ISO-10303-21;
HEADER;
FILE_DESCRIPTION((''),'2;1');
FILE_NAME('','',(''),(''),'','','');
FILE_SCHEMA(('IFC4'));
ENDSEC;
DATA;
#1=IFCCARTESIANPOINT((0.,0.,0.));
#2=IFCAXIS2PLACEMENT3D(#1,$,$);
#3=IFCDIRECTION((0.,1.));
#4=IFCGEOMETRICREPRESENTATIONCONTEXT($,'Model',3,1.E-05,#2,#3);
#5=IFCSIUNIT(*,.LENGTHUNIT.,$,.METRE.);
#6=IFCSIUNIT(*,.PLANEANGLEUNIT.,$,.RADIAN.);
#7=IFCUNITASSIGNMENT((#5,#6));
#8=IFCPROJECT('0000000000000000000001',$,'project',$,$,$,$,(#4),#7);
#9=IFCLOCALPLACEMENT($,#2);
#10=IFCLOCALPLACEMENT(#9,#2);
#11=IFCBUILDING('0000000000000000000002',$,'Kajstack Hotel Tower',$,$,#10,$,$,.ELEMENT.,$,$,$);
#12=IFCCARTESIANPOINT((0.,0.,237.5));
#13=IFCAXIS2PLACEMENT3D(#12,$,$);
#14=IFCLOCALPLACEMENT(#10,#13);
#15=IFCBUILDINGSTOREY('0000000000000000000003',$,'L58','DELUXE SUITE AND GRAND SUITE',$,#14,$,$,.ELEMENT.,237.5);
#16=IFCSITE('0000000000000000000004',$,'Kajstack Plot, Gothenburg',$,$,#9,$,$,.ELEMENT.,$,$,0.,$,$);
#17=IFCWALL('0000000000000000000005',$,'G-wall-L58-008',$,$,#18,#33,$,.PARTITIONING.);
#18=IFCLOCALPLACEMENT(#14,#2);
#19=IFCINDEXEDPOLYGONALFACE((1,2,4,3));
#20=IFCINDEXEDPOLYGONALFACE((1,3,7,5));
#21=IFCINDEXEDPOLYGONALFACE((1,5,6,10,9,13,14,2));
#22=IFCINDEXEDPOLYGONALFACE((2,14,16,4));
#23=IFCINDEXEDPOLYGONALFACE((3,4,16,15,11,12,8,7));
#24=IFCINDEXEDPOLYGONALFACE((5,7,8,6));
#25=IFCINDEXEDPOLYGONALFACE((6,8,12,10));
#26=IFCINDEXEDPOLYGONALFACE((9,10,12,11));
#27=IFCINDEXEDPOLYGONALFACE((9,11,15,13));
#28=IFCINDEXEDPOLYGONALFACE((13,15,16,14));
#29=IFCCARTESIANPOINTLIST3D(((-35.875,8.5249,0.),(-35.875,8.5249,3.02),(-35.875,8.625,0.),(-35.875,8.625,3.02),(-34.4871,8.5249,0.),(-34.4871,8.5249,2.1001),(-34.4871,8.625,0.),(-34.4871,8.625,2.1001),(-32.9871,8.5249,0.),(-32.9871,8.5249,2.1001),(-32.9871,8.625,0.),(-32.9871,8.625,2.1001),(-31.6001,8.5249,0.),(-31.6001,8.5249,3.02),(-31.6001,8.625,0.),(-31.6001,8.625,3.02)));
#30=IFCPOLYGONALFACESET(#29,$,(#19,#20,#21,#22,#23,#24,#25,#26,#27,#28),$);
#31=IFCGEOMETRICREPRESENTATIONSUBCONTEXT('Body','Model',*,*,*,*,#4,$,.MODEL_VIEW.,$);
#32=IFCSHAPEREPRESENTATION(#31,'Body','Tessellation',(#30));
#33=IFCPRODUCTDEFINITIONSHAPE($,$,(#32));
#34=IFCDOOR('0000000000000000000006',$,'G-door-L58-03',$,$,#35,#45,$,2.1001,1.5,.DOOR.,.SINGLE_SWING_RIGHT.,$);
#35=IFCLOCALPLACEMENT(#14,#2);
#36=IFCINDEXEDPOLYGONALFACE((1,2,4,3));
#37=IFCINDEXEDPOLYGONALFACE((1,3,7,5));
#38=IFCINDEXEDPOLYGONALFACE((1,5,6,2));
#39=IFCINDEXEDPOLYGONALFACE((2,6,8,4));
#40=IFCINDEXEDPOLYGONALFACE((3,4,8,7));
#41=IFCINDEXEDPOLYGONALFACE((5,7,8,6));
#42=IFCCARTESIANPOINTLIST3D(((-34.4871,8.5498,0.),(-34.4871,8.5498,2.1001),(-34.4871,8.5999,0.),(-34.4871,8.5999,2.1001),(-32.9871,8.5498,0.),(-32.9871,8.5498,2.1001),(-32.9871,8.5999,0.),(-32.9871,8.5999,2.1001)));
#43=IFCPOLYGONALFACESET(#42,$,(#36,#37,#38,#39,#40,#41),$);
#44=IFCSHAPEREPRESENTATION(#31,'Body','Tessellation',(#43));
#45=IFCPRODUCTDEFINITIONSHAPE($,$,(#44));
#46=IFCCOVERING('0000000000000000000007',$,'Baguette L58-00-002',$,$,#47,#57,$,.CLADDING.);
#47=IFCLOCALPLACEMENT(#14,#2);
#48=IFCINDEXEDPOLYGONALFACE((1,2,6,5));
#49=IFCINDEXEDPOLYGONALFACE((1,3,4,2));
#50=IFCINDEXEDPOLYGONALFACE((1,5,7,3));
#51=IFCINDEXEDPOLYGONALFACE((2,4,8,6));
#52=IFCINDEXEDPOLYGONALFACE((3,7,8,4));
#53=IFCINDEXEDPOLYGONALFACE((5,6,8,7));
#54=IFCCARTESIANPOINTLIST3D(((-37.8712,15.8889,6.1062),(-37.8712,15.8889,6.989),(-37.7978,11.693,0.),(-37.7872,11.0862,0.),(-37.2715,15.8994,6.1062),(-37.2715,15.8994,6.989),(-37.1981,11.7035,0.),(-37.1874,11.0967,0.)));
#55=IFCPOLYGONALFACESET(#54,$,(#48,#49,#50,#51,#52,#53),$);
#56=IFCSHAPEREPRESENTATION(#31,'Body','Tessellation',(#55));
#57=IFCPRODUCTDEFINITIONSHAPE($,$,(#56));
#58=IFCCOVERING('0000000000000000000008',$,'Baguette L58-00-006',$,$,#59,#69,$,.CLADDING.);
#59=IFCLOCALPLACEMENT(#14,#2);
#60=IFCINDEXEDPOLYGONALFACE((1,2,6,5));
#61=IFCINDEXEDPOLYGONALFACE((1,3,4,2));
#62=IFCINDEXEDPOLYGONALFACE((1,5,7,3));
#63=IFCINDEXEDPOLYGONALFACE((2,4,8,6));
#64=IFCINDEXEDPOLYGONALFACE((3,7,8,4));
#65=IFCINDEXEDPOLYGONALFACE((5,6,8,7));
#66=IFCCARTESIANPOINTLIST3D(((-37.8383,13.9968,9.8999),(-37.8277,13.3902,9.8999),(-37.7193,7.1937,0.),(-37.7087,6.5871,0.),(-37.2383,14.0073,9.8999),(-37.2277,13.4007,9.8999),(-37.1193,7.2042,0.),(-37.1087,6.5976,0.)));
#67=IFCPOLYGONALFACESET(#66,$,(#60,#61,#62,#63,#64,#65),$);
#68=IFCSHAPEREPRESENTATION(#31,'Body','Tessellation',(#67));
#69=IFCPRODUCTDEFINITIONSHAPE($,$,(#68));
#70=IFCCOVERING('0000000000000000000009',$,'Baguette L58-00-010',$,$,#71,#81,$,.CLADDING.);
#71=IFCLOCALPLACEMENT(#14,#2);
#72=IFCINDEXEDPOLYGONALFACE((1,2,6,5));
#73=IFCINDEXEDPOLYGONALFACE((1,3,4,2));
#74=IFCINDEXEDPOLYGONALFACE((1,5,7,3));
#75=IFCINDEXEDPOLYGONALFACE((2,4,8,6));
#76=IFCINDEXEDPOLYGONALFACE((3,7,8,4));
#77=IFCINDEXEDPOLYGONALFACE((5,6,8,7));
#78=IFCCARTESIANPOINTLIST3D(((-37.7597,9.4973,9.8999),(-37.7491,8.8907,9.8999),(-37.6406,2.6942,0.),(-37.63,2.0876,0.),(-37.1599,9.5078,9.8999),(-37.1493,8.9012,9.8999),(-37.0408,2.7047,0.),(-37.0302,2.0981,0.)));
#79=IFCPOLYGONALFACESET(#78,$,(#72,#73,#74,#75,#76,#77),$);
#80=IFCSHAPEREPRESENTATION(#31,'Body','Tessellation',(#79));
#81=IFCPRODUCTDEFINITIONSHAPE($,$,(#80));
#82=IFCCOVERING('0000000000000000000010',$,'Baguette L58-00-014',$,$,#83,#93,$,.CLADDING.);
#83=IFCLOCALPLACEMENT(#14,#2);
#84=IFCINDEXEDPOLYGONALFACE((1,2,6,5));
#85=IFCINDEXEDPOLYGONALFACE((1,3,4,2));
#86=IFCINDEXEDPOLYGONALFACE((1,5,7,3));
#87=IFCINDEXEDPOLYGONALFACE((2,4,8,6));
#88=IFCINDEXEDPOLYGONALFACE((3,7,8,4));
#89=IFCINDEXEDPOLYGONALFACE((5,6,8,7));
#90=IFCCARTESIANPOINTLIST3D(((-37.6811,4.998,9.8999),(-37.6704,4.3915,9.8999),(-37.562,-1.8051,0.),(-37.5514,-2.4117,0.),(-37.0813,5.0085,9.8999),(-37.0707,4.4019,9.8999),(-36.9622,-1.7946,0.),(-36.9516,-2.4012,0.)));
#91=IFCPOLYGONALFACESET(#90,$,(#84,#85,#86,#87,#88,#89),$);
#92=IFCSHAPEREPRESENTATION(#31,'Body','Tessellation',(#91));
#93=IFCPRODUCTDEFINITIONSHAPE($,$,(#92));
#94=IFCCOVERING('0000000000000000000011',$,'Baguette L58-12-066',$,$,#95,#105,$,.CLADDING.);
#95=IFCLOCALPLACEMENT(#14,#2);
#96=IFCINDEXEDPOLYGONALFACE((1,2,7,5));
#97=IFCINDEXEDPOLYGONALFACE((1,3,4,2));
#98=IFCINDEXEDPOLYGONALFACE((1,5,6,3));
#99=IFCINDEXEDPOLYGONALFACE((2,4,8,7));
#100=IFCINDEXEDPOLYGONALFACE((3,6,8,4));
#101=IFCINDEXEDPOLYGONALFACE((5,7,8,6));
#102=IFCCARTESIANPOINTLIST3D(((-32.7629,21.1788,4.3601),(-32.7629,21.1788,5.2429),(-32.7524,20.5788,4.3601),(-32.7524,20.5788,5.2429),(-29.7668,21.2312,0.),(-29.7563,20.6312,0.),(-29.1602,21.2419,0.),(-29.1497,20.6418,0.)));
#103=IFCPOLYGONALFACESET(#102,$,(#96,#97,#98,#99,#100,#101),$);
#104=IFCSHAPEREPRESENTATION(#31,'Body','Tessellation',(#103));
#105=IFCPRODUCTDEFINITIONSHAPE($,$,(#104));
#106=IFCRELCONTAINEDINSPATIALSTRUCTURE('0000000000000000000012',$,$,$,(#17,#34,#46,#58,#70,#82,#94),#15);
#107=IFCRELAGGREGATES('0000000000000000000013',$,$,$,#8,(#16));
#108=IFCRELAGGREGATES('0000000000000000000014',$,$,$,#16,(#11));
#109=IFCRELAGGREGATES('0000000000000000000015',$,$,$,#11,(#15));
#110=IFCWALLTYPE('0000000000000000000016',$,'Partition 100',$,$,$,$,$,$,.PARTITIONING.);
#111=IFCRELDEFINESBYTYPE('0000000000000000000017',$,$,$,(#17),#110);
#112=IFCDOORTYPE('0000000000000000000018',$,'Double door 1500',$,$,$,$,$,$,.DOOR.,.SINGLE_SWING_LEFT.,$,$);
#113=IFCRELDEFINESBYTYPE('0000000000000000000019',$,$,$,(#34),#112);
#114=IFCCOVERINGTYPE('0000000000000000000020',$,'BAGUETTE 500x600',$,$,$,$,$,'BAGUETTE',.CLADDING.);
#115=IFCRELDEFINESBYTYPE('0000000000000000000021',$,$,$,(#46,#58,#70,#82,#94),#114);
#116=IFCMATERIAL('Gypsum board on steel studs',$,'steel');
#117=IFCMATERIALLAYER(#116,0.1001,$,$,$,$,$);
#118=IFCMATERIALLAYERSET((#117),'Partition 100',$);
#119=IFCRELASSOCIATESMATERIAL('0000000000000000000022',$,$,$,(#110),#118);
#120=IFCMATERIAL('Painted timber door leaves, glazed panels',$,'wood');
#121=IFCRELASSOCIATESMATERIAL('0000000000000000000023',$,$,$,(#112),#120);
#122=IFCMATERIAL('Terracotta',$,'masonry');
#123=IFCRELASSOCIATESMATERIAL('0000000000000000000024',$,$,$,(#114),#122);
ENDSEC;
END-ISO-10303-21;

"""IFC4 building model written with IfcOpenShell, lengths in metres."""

from ifc_helpers import new_model, si_unit, direction, frame, frame_2d, origin, origin_2d, place, context, subcontext, project, spatial, polyline, rectangle, outline, extrude, material, layer, layer_set, material_profile, profile_set, type_object, element, fill, save


model = new_model("IFC4")

# Units and contexts
model_context = context("Model", 3, precision=1e-05, world=origin(), true_north=direction((0.0, 1.0)))
body_context = subcontext(model_context, "Body", "Model", "MODEL_VIEW")
ifc_project = project(units=[si_unit("LENGTHUNIT", "METRE"), si_unit("PLANEANGLEUNIT", "RADIAN")], contexts=[model_context])

# Site, building, storey
site_placement = place(None, origin())
site = spatial("IfcSite", under=ifc_project, at=site_placement, Name="Kajstack Plot, Gothenburg", CompositionType="ELEMENT", RefElevation=0.0)
building_placement = place(site_placement, origin())
building = spatial("IfcBuilding", under=site, at=building_placement, Name="Kajstack Hotel Tower", CompositionType="ELEMENT")
storey_placement = place(building_placement, frame((0.0, 0.0, 237.5)))
storey = spatial("IfcBuildingStorey", under=building, at=storey_placement, Name="L58", Description="DELUXE SUITE AND GRAND SUITE", CompositionType="ELEMENT", Elevation=237.5)

# Wall, opening, door
ifc_material_1 = material(Name="Gypsum board on steel studs", Category="steel")
ifc_layer_1 = layer(ifc_material_1, 0.1001)
ifc_layer_set_1 = layer_set([ifc_layer_1], Name="Partition 100")
wall_type_1 = type_object("IfcWallType", Name="Partition 100", PredefinedType="PARTITIONING", material=ifc_layer_set_1)
wall_1_placement = place(storey_placement, frame((-35.875, 8.575, 0.0), z_axis=(0.0, 0.0, 1.0), x_axis=(1.0, 0.0, 0.0)))
wall_1 = element("IfcWall", 1, at=wall_1_placement, inside=storey, type_object=wall_type_1, Name="G-wall-L58-008", PredefinedType="PARTITIONING", context=body_context, shape_type="SweptSolid", body=[
    extrude(rectangle(XDim=4.2749, YDim=0.1001, at=frame_2d((2.1375, 0.0))), origin(), (0.0, 0.0, 1.0), 3.02),
])
opening_1_placement = place(wall_1_placement, frame((1.3879, 0.0, 0.0)))
opening_1 = element("IfcOpeningElement", 2, at=opening_1_placement, cuts=wall_1, PredefinedType="OPENING", context=body_context, shape_type="SweptSolid", body=[
    extrude(rectangle(XDim=1.5, YDim=2.1001, at=frame_2d((0.75, 1.05))), frame((0.0, 0.0601, 0.0), z_axis=(0.0, -1.0, 0.0), x_axis=(1.0, 0.0, 0.0)), (0.0, 0.0, 1.0), 0.1201),
])
ifc_material_2 = material(Name="Painted timber door leaves, glazed panels", Category="wood")
door_type_1 = type_object("IfcDoorType", Name="Double door 1500", OperationType="SINGLE_SWING_LEFT", PredefinedType="DOOR", material=ifc_material_2)
door_1_placement = place(opening_1_placement, origin())
door_1 = element("IfcDoor", 3, at=door_1_placement, inside=storey, type_object=door_type_1, Name="G-door-L58-03", OperationType="SINGLE_SWING_RIGHT", OverallHeight=2.1001, OverallWidth=1.5, PredefinedType="DOOR", context=body_context, shape_type="SweptSolid", body=[
    extrude(rectangle(XDim=1.5, YDim=2.1001, at=frame_2d((0.75, 1.05))), frame((0.0, 0.0249, 0.0), z_axis=(0.0, -1.0, 0.0), x_axis=(1.0, 0.0, 0.0)), (0.0, 0.0, 1.0), 0.05),
])
fill(opening_1, door_1)

# Coverings
ifc_material_3 = material(Name="Terracotta", Category="masonry")
ifc_material_profile = material_profile(ifc_material_3, rectangle(XDim=0.6001, YDim=0.5, at=origin_2d()), Name="Terracotta-clad concrete baguette 500 x 600")
ifc_profile_set = profile_set([ifc_material_profile], Name="Terracotta")
covering_type = type_object("IfcCoveringType", Name="BAGUETTE 500x600", ElementType="BAGUETTE", PredefinedType="CLADDING", material=ifc_profile_set)
covering_1_placement = place(storey_placement, frame((-37.2715, 15.8994, 0.0), z_axis=(-0.999847, -0.017498, 0.0), x_axis=(0.017498, -0.999847, 0.0)))
element("IfcCovering", 4, at=covering_1_placement, inside=storey, type_object=covering_type, Name="Baguette L58-00-002", PredefinedType="CLADDING", context=body_context, shape_type="SweptSolid", body=[
    extrude(outline(polyline([(4.8035, 0.0), (0.0, 6.989), (0.0, 6.1062), (4.1965, 0.0), (4.8035, 0.0)])), origin(), (0.0, 0.0, 1.0), 0.5999),
])
covering_2_placement = place(storey_placement, frame((-37.2383, 14.0073, 0.0), z_axis=(-0.999847, -0.017491, 0.0), x_axis=(0.017491, -0.999847, 0.0)))
element("IfcCovering", 5, at=covering_2_placement, inside=storey, type_object=covering_type, Name="Baguette L58-00-006", PredefinedType="CLADDING", context=body_context, shape_type="SweptSolid", body=[
    extrude(outline(polyline([(0.0, 9.8999), (6.8042, 0.0), (7.4109, 0.0), (0.6067, 9.8999), (0.0, 9.8999)])), origin(), (0.0, 0.0, 1.0), 0.6001),
])
for number, where, z_axis, x_axis, name in (
    (6, (-37.1599, 9.5078, 0.0), (-0.999847, -0.017498, 0.0), (0.017498, -0.999847, 0.0), "Baguette L58-00-010"),
    (7, (-37.0813, 5.0085, 0.0), (-0.999847, -0.017498, 0.0), (0.017498, -0.999847, 0.0), "Baguette L58-00-014"),
):
    element("IfcCovering", number, at=place(storey_placement, frame(where, z_axis=z_axis, x_axis=x_axis)), inside=storey, type_object=covering_type, Name=name, PredefinedType="CLADDING", context=body_context, shape_type="SweptSolid", body=[
        extrude(outline(polyline([(0.0, 9.8999), (6.8042, 0.0), (7.4109, 0.0), (0.6067, 9.8999), (0.0, 9.8999)])), origin(), (0.0, 0.0, 1.0), 0.5999),
    ])
covering_3_placement = place(storey_placement, frame((-29.1497, 20.6418, 0.0), z_axis=(-0.017491, 0.999847, 0.0), x_axis=(-0.999847, -0.017491, 0.0)))
element("IfcCovering", 8, at=covering_3_placement, inside=storey, type_object=covering_type, Name="Baguette L58-12-066", PredefinedType="CLADDING", context=body_context, shape_type="SweptSolid", body=[
    extrude(outline(polyline([(0.6067, 0.0), (3.6033, 4.3601), (3.6033, 5.2429), (0.0, 0.0), (0.6067, 0.0)])), origin(), (0.0, 0.0, 1.0), 0.6001),
])

save(model, "model.ifc")
